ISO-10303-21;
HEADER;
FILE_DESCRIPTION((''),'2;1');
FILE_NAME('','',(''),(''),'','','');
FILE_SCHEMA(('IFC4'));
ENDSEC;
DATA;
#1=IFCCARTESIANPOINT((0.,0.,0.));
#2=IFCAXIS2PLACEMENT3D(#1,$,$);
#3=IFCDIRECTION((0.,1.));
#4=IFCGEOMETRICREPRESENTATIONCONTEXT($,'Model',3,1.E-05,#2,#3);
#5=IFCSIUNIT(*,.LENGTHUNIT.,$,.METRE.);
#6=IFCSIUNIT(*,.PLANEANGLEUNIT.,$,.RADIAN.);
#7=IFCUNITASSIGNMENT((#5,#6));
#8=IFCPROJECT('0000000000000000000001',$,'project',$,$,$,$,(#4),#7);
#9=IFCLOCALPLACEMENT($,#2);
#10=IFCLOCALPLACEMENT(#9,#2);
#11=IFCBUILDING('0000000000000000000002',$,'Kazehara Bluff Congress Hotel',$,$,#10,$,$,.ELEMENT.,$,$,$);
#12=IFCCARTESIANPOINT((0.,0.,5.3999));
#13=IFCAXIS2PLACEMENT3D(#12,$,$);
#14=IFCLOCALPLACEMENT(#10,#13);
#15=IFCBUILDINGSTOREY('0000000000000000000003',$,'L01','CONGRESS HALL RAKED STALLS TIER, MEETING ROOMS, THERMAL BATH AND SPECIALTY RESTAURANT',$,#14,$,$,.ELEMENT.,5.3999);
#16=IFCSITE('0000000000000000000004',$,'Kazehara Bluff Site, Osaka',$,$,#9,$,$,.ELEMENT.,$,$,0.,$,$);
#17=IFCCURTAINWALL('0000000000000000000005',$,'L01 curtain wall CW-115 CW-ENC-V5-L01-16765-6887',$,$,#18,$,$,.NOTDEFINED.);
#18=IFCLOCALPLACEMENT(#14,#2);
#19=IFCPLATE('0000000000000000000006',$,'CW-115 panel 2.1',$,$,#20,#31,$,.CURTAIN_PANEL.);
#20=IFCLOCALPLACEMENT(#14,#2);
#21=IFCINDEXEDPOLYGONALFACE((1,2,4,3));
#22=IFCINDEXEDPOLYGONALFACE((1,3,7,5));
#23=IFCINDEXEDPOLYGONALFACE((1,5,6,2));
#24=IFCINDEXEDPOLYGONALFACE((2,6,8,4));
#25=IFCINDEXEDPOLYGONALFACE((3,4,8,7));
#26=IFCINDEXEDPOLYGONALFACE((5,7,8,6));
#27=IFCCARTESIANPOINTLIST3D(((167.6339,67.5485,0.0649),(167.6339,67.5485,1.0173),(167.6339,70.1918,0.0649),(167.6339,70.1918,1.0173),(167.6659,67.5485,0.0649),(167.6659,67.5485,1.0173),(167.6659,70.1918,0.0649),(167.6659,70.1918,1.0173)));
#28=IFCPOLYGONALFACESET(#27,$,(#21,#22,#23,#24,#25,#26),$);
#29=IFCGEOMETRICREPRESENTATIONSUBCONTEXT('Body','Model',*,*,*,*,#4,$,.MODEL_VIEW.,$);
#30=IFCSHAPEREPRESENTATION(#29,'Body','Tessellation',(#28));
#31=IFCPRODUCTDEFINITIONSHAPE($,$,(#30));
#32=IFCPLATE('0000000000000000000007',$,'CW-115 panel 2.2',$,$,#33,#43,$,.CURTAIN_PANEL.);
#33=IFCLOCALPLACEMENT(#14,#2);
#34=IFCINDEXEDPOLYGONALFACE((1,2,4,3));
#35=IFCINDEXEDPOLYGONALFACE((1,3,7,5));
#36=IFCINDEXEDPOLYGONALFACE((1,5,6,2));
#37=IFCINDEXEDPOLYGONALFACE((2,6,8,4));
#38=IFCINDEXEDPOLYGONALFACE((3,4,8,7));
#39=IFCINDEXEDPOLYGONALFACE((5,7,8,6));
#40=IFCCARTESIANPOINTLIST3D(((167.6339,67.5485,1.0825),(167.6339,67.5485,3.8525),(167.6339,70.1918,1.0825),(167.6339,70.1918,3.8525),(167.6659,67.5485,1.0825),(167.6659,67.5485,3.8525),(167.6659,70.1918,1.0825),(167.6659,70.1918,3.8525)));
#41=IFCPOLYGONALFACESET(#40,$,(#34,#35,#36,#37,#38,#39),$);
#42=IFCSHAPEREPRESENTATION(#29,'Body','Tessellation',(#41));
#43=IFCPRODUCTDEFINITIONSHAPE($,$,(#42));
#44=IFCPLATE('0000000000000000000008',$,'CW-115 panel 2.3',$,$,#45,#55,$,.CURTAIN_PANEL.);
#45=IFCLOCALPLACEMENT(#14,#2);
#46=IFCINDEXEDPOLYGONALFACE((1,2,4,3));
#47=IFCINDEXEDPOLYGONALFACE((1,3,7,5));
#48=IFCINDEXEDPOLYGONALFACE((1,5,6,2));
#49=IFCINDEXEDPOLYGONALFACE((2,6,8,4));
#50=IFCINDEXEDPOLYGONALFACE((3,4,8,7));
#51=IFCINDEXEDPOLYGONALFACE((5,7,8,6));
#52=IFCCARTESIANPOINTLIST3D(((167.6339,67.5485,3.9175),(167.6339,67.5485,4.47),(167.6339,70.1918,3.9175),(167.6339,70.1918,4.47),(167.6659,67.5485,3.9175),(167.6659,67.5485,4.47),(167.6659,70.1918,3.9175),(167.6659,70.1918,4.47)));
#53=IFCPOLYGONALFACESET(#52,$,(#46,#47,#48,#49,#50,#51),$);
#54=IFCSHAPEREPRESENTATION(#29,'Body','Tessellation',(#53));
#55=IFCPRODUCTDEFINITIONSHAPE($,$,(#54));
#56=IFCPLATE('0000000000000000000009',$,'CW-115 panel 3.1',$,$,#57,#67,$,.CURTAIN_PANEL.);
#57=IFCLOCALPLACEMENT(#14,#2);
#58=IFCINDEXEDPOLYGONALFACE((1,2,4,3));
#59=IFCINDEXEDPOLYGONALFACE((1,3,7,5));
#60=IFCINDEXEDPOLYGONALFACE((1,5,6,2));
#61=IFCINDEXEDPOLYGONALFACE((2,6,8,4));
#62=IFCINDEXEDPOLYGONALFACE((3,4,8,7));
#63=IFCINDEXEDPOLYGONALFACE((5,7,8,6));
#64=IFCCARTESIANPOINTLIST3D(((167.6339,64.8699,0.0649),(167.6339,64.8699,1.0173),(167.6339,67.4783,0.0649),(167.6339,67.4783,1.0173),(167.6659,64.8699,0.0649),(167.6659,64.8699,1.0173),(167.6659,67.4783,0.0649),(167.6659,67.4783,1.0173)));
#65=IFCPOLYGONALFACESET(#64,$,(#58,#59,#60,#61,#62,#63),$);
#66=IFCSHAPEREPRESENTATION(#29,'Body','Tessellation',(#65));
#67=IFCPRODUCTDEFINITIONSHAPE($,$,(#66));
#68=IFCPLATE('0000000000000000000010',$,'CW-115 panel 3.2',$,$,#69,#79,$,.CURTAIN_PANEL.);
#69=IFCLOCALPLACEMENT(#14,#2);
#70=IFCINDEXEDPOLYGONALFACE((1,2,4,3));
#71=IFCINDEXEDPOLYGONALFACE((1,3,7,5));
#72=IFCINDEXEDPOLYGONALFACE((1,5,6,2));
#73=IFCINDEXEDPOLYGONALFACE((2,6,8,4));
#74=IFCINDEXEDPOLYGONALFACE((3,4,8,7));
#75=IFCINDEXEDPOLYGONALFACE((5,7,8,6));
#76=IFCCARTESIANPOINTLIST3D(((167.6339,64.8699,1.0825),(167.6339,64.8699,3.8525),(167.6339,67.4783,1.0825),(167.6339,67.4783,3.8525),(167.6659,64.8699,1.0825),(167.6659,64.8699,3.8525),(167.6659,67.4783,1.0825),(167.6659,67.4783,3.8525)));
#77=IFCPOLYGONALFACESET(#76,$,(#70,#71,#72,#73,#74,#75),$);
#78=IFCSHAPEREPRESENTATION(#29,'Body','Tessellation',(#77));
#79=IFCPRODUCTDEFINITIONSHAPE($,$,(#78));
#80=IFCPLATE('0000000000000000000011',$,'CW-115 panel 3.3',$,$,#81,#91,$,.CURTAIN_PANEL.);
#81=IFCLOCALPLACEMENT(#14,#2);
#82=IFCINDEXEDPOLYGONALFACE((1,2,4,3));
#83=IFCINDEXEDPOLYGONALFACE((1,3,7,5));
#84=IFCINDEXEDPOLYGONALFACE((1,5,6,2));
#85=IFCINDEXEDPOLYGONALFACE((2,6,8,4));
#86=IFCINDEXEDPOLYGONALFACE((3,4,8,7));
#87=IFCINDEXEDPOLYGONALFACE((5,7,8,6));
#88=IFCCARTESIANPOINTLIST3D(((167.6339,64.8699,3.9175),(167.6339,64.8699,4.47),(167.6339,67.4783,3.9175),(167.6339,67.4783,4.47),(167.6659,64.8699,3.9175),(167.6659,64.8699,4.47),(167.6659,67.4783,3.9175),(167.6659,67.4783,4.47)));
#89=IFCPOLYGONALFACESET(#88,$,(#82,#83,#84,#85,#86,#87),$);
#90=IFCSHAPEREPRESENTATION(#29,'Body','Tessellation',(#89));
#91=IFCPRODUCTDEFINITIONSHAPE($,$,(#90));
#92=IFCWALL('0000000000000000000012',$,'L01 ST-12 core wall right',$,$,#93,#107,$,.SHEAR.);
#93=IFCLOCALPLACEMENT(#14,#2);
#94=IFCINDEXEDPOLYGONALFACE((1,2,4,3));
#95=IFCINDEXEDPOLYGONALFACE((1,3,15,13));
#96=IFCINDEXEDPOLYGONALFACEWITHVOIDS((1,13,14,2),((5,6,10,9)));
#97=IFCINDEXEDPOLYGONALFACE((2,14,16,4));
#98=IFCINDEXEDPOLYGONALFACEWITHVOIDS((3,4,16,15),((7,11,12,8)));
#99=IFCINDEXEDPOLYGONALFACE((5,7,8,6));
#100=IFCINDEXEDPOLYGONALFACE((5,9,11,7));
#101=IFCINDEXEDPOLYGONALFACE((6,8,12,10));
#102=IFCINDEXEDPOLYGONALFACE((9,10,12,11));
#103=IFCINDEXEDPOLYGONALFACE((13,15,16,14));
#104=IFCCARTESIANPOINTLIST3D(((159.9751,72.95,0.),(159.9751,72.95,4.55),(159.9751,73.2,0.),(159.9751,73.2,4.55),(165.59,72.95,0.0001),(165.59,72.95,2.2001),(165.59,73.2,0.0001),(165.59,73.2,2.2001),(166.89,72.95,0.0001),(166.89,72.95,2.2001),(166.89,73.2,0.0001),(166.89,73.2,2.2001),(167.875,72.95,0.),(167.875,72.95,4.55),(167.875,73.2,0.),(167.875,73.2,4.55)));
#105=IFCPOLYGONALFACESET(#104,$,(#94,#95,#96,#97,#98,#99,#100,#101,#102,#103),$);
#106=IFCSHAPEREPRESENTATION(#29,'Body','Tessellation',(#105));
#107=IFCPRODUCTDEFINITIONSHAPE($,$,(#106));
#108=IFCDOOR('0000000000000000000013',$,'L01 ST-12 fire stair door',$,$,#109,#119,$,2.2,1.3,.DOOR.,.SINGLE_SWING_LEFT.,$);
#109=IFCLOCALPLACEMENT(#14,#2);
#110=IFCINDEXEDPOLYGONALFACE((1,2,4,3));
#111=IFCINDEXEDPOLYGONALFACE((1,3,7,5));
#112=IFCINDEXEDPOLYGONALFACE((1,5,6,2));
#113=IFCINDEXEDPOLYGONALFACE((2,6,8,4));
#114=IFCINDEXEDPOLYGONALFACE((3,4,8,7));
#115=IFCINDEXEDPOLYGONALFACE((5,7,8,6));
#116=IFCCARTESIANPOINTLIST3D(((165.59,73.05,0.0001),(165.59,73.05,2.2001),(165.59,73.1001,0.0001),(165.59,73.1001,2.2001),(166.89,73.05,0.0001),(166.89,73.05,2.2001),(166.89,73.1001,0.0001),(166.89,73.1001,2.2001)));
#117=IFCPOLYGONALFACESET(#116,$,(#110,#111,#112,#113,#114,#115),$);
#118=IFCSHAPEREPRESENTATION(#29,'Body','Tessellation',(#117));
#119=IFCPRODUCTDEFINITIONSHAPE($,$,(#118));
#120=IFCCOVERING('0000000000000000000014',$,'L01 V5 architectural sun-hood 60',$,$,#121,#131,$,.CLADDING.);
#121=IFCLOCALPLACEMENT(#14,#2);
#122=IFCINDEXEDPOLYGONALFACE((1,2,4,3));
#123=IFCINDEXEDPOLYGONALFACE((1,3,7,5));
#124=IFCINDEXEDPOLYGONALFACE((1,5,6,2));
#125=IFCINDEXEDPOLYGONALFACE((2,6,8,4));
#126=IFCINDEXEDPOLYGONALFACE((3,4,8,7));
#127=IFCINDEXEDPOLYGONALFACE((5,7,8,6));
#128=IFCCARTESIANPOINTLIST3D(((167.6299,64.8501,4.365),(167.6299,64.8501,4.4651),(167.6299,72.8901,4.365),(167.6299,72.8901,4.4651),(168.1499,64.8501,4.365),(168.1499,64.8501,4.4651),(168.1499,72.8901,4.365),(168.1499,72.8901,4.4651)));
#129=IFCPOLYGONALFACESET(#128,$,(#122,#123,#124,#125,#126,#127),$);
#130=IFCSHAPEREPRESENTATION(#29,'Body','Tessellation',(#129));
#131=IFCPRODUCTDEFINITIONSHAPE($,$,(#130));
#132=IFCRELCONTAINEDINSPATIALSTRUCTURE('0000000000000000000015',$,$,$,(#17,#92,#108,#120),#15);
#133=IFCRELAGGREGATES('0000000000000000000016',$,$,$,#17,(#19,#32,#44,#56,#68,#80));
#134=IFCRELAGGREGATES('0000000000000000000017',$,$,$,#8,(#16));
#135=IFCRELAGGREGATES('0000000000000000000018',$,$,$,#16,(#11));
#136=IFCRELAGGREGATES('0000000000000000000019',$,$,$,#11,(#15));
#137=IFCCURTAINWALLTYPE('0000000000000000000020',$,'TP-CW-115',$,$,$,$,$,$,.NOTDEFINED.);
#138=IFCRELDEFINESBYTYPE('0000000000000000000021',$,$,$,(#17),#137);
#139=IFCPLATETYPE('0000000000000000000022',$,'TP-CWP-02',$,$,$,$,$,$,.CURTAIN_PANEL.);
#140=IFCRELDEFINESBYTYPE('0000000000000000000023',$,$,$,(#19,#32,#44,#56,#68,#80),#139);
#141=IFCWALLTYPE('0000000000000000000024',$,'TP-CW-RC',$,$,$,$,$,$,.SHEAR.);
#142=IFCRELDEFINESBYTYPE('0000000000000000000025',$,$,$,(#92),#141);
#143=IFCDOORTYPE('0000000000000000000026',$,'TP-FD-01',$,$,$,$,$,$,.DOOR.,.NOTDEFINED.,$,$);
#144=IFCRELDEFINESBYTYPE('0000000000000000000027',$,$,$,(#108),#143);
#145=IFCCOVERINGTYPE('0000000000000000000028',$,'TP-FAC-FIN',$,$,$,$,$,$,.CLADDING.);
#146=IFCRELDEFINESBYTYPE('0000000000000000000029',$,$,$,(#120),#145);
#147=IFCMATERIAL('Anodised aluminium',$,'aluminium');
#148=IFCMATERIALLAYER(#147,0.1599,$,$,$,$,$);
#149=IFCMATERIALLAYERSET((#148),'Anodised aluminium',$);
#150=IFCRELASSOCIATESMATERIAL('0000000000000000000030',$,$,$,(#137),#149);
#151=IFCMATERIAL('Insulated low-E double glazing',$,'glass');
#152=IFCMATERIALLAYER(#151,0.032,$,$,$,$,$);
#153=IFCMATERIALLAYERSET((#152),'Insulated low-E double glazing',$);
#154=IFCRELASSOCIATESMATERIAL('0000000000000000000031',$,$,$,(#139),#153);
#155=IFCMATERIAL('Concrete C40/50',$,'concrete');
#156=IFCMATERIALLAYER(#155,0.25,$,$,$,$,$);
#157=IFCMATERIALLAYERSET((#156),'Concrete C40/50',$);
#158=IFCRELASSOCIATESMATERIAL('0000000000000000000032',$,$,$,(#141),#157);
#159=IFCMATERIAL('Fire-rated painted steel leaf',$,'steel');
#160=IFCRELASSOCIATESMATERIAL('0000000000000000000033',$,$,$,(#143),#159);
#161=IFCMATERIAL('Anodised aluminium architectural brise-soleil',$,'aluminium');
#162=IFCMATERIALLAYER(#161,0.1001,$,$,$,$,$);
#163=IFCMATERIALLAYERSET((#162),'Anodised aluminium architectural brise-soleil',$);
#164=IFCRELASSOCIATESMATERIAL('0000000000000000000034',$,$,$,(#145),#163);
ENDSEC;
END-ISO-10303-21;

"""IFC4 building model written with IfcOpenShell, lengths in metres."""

from ifc_helpers import new_model, si_unit, direction, frame, frame_2d, origin, origin_2d, place, context, subcontext, project, spatial, rectangle, extrude, material, layer, layer_set, type_object, element, fill, aggregate, save


model = new_model("IFC4")

# Units and contexts
model_context = context("Model", 3, precision=1e-05, world=origin(), true_north=direction((0.0, 1.0)))
body_context = subcontext(model_context, "Body", "Model", "MODEL_VIEW")
ifc_project = project(units=[si_unit("LENGTHUNIT", "METRE"), si_unit("PLANEANGLEUNIT", "RADIAN")], contexts=[model_context])

# Site, building, storey
site_placement = place(None, origin())
site = spatial("IfcSite", under=ifc_project, at=site_placement, Name="Kazehara Bluff Site, Osaka", CompositionType="ELEMENT", RefElevation=0.0)
building_placement = place(site_placement, origin())
building = spatial("IfcBuilding", under=site, at=building_placement, Name="Kazehara Bluff Congress Hotel", CompositionType="ELEMENT")
storey_placement = place(building_placement, frame((0.0, 0.0, 5.3999)))
storey = spatial("IfcBuildingStorey", under=building, at=storey_placement, Name="L01", Description="CONGRESS HALL RAKED STALLS TIER, MEETING ROOMS, THERMAL BATH AND SPECIALTY RESTAURANT", CompositionType="ELEMENT", Elevation=5.3999)

# Curtain wall
ifc_material_1 = material(Name="Anodised aluminium", Category="aluminium")
ifc_layer_1 = layer(ifc_material_1, 0.1599)
ifc_layer_set_1 = layer_set([ifc_layer_1], Name="Anodised aluminium")
curtain_wall_type_1 = type_object("IfcCurtainWallType", Name="TP-CW-115", PredefinedType="NOTDEFINED", material=ifc_layer_set_1)
curtain_wall_1_placement = place(storey_placement, origin())
curtain_wall_1 = element("IfcCurtainWall", 1, at=curtain_wall_1_placement, inside=storey, type_object=curtain_wall_type_1, Name="L01 curtain wall CW-115 CW-ENC-V5-L01-16765-6887", PredefinedType="NOTDEFINED")

# Plates
ifc_material_2 = material(Name="Insulated low-E double glazing", Category="glass")
ifc_layer_2 = layer(ifc_material_2, 0.032)
ifc_layer_set_2 = layer_set([ifc_layer_2], Name="Insulated low-E double glazing")
plate_type_1 = type_object("IfcPlateType", Name="TP-CWP-02", PredefinedType="CURTAIN_PANEL", material=ifc_layer_set_2)
plate_1_placement = place(storey_placement, frame((167.6499, 68.8701, 0.0649), z_axis=(0.0, 0.0, 1.0), x_axis=(0.0, -1.0, 0.0)))
plate_1 = element("IfcPlate", 2, at=plate_1_placement, type_object=plate_type_1, Name="CW-115 panel 2.1", PredefinedType="CURTAIN_PANEL", context=body_context, shape_type="SweptSolid", body=[
    extrude(rectangle(XDim=2.6433, YDim=0.032, at=origin_2d()), origin(), (0.0, 0.0, 1.0), 0.9524),
])
plate_2_placement = place(storey_placement, frame((167.6499, 68.8701, 1.0825), z_axis=(0.0, 0.0, 1.0), x_axis=(0.0, -1.0, 0.0)))
plate_2 = element("IfcPlate", 3, at=plate_2_placement, type_object=plate_type_1, Name="CW-115 panel 2.2", PredefinedType="CURTAIN_PANEL", context=body_context, shape_type="SweptSolid", body=[
    extrude(rectangle(XDim=2.6433, YDim=0.032, at=origin_2d()), origin(), (0.0, 0.0, 1.0), 2.77),
])
plate_3_placement = place(storey_placement, frame((167.6499, 68.8701, 3.9175), z_axis=(0.0, 0.0, 1.0), x_axis=(0.0, -1.0, 0.0)))
plate_3 = element("IfcPlate", 4, at=plate_3_placement, type_object=plate_type_1, Name="CW-115 panel 2.3", PredefinedType="CURTAIN_PANEL", context=body_context, shape_type="SweptSolid", body=[
    extrude(rectangle(XDim=2.6433, YDim=0.032, at=origin_2d()), origin(), (0.0, 0.0, 1.0), 0.5525),
])
plate_4_placement = place(storey_placement, frame((167.6499, 66.1741, 0.0649), z_axis=(0.0, 0.0, 1.0), x_axis=(0.0, -1.0, 0.0)))
plate_4 = element("IfcPlate", 5, at=plate_4_placement, type_object=plate_type_1, Name="CW-115 panel 3.1", PredefinedType="CURTAIN_PANEL", context=body_context, shape_type="SweptSolid", body=[
    extrude(rectangle(XDim=2.6084, YDim=0.032, at=origin_2d()), origin(), (0.0, 0.0, 1.0), 0.9524),
])
plate_5_placement = place(storey_placement, frame((167.6499, 66.1741, 1.0825), z_axis=(0.0, 0.0, 1.0), x_axis=(0.0, -1.0, 0.0)))
plate_5 = element("IfcPlate", 6, at=plate_5_placement, type_object=plate_type_1, Name="CW-115 panel 3.2", PredefinedType="CURTAIN_PANEL", context=body_context, shape_type="SweptSolid", body=[
    extrude(rectangle(XDim=2.6084, YDim=0.032, at=origin_2d()), origin(), (0.0, 0.0, 1.0), 2.77),
])
plate_6_placement = place(storey_placement, frame((167.6499, 66.1741, 3.9175), z_axis=(0.0, 0.0, 1.0), x_axis=(0.0, -1.0, 0.0)))
plate_6 = element("IfcPlate", 7, at=plate_6_placement, type_object=plate_type_1, Name="CW-115 panel 3.3", PredefinedType="CURTAIN_PANEL", context=body_context, shape_type="SweptSolid", body=[
    extrude(rectangle(XDim=2.6084, YDim=0.032, at=origin_2d()), origin(), (0.0, 0.0, 1.0), 0.5525),
])
aggregate(curtain_wall_1, [plate_1, plate_2, plate_3, plate_4, plate_5, plate_6])

# Wall, opening, door
ifc_material_3 = material(Name="Concrete C40/50", Category="concrete")
ifc_layer_3 = layer(ifc_material_3, 0.25)
ifc_layer_set_3 = layer_set([ifc_layer_3], Name="Concrete C40/50")
wall_type = type_object("IfcWallType", Name="TP-CW-RC", PredefinedType="SHEAR", material=ifc_layer_set_3)
wall_placement = place(storey_placement, frame((167.875, 73.075, 0.0), z_axis=(0.0, 0.0, 1.0), x_axis=(-1.0, 0.0, 0.0)))
wall = element("IfcWall", 8, at=wall_placement, inside=storey, type_object=wall_type, Name="L01 ST-12 core wall right", PredefinedType="SHEAR", context=body_context, shape_type="SweptSolid", body=[
    extrude(rectangle(XDim=7.8999, YDim=0.25, at=frame_2d((3.95, 0.0))), origin(), (0.0, 0.0, 1.0), 4.55),
])
opening_placement = place(wall_placement, frame((0.9851, 0.0, 0.0)))
opening = element("IfcOpeningElement", 9, at=opening_placement, cuts=wall, PredefinedType="OPENING", context=body_context, shape_type="SweptSolid", body=[
    extrude(rectangle(XDim=1.3, YDim=2.2, at=frame_2d((0.6499, 1.1001))), frame((0.0, 0.135, 0.0), z_axis=(0.0, -1.0, 0.0), x_axis=(1.0, 0.0, 0.0)), (0.0, 0.0, 1.0), 0.27),
])
ifc_material_4 = material(Name="Fire-rated painted steel leaf", Category="steel")
door_type = type_object("IfcDoorType", Name="TP-FD-01", OperationType="NOTDEFINED", PredefinedType="DOOR", material=ifc_material_4)
door_placement = place(opening_placement, origin())
door = element("IfcDoor", 10, at=door_placement, inside=storey, type_object=door_type, Name="L01 ST-12 fire stair door", OperationType="SINGLE_SWING_LEFT", OverallHeight=2.2, OverallWidth=1.3, PredefinedType="DOOR", context=body_context, shape_type="SweptSolid", body=[
    extrude(rectangle(XDim=1.3, YDim=2.2, at=frame_2d((0.6499, 1.1001))), frame((0.0, 0.0249, 0.0), z_axis=(0.0, -1.0, 0.0), x_axis=(1.0, 0.0, 0.0)), (0.0, 0.0, 1.0), 0.05),
])
fill(opening, door)

# Covering
ifc_material_5 = material(Name="Anodised aluminium architectural brise-soleil", Category="aluminium")
ifc_layer_4 = layer(ifc_material_5, 0.1001)
ifc_layer_set_4 = layer_set([ifc_layer_4], Name="Anodised aluminium architectural brise-soleil")
covering_type = type_object("IfcCoveringType", Name="TP-FAC-FIN", PredefinedType="CLADDING", material=ifc_layer_set_4)
covering_placement = place(storey_placement, frame((167.8899, 68.8701, 4.365), z_axis=(0.0, 0.0, 1.0), x_axis=(1.0, 0.0, 0.0)))
element("IfcCovering", 11, at=covering_placement, inside=storey, type_object=covering_type, Name="L01 V5 architectural sun-hood 60", PredefinedType="CLADDING", context=body_context, shape_type="SweptSolid", body=[
    extrude(rectangle(XDim=0.52, YDim=8.04, at=origin_2d()), origin(), (0.0, 0.0, 1.0), 0.1001),
])

save(model, "model.ifc")
